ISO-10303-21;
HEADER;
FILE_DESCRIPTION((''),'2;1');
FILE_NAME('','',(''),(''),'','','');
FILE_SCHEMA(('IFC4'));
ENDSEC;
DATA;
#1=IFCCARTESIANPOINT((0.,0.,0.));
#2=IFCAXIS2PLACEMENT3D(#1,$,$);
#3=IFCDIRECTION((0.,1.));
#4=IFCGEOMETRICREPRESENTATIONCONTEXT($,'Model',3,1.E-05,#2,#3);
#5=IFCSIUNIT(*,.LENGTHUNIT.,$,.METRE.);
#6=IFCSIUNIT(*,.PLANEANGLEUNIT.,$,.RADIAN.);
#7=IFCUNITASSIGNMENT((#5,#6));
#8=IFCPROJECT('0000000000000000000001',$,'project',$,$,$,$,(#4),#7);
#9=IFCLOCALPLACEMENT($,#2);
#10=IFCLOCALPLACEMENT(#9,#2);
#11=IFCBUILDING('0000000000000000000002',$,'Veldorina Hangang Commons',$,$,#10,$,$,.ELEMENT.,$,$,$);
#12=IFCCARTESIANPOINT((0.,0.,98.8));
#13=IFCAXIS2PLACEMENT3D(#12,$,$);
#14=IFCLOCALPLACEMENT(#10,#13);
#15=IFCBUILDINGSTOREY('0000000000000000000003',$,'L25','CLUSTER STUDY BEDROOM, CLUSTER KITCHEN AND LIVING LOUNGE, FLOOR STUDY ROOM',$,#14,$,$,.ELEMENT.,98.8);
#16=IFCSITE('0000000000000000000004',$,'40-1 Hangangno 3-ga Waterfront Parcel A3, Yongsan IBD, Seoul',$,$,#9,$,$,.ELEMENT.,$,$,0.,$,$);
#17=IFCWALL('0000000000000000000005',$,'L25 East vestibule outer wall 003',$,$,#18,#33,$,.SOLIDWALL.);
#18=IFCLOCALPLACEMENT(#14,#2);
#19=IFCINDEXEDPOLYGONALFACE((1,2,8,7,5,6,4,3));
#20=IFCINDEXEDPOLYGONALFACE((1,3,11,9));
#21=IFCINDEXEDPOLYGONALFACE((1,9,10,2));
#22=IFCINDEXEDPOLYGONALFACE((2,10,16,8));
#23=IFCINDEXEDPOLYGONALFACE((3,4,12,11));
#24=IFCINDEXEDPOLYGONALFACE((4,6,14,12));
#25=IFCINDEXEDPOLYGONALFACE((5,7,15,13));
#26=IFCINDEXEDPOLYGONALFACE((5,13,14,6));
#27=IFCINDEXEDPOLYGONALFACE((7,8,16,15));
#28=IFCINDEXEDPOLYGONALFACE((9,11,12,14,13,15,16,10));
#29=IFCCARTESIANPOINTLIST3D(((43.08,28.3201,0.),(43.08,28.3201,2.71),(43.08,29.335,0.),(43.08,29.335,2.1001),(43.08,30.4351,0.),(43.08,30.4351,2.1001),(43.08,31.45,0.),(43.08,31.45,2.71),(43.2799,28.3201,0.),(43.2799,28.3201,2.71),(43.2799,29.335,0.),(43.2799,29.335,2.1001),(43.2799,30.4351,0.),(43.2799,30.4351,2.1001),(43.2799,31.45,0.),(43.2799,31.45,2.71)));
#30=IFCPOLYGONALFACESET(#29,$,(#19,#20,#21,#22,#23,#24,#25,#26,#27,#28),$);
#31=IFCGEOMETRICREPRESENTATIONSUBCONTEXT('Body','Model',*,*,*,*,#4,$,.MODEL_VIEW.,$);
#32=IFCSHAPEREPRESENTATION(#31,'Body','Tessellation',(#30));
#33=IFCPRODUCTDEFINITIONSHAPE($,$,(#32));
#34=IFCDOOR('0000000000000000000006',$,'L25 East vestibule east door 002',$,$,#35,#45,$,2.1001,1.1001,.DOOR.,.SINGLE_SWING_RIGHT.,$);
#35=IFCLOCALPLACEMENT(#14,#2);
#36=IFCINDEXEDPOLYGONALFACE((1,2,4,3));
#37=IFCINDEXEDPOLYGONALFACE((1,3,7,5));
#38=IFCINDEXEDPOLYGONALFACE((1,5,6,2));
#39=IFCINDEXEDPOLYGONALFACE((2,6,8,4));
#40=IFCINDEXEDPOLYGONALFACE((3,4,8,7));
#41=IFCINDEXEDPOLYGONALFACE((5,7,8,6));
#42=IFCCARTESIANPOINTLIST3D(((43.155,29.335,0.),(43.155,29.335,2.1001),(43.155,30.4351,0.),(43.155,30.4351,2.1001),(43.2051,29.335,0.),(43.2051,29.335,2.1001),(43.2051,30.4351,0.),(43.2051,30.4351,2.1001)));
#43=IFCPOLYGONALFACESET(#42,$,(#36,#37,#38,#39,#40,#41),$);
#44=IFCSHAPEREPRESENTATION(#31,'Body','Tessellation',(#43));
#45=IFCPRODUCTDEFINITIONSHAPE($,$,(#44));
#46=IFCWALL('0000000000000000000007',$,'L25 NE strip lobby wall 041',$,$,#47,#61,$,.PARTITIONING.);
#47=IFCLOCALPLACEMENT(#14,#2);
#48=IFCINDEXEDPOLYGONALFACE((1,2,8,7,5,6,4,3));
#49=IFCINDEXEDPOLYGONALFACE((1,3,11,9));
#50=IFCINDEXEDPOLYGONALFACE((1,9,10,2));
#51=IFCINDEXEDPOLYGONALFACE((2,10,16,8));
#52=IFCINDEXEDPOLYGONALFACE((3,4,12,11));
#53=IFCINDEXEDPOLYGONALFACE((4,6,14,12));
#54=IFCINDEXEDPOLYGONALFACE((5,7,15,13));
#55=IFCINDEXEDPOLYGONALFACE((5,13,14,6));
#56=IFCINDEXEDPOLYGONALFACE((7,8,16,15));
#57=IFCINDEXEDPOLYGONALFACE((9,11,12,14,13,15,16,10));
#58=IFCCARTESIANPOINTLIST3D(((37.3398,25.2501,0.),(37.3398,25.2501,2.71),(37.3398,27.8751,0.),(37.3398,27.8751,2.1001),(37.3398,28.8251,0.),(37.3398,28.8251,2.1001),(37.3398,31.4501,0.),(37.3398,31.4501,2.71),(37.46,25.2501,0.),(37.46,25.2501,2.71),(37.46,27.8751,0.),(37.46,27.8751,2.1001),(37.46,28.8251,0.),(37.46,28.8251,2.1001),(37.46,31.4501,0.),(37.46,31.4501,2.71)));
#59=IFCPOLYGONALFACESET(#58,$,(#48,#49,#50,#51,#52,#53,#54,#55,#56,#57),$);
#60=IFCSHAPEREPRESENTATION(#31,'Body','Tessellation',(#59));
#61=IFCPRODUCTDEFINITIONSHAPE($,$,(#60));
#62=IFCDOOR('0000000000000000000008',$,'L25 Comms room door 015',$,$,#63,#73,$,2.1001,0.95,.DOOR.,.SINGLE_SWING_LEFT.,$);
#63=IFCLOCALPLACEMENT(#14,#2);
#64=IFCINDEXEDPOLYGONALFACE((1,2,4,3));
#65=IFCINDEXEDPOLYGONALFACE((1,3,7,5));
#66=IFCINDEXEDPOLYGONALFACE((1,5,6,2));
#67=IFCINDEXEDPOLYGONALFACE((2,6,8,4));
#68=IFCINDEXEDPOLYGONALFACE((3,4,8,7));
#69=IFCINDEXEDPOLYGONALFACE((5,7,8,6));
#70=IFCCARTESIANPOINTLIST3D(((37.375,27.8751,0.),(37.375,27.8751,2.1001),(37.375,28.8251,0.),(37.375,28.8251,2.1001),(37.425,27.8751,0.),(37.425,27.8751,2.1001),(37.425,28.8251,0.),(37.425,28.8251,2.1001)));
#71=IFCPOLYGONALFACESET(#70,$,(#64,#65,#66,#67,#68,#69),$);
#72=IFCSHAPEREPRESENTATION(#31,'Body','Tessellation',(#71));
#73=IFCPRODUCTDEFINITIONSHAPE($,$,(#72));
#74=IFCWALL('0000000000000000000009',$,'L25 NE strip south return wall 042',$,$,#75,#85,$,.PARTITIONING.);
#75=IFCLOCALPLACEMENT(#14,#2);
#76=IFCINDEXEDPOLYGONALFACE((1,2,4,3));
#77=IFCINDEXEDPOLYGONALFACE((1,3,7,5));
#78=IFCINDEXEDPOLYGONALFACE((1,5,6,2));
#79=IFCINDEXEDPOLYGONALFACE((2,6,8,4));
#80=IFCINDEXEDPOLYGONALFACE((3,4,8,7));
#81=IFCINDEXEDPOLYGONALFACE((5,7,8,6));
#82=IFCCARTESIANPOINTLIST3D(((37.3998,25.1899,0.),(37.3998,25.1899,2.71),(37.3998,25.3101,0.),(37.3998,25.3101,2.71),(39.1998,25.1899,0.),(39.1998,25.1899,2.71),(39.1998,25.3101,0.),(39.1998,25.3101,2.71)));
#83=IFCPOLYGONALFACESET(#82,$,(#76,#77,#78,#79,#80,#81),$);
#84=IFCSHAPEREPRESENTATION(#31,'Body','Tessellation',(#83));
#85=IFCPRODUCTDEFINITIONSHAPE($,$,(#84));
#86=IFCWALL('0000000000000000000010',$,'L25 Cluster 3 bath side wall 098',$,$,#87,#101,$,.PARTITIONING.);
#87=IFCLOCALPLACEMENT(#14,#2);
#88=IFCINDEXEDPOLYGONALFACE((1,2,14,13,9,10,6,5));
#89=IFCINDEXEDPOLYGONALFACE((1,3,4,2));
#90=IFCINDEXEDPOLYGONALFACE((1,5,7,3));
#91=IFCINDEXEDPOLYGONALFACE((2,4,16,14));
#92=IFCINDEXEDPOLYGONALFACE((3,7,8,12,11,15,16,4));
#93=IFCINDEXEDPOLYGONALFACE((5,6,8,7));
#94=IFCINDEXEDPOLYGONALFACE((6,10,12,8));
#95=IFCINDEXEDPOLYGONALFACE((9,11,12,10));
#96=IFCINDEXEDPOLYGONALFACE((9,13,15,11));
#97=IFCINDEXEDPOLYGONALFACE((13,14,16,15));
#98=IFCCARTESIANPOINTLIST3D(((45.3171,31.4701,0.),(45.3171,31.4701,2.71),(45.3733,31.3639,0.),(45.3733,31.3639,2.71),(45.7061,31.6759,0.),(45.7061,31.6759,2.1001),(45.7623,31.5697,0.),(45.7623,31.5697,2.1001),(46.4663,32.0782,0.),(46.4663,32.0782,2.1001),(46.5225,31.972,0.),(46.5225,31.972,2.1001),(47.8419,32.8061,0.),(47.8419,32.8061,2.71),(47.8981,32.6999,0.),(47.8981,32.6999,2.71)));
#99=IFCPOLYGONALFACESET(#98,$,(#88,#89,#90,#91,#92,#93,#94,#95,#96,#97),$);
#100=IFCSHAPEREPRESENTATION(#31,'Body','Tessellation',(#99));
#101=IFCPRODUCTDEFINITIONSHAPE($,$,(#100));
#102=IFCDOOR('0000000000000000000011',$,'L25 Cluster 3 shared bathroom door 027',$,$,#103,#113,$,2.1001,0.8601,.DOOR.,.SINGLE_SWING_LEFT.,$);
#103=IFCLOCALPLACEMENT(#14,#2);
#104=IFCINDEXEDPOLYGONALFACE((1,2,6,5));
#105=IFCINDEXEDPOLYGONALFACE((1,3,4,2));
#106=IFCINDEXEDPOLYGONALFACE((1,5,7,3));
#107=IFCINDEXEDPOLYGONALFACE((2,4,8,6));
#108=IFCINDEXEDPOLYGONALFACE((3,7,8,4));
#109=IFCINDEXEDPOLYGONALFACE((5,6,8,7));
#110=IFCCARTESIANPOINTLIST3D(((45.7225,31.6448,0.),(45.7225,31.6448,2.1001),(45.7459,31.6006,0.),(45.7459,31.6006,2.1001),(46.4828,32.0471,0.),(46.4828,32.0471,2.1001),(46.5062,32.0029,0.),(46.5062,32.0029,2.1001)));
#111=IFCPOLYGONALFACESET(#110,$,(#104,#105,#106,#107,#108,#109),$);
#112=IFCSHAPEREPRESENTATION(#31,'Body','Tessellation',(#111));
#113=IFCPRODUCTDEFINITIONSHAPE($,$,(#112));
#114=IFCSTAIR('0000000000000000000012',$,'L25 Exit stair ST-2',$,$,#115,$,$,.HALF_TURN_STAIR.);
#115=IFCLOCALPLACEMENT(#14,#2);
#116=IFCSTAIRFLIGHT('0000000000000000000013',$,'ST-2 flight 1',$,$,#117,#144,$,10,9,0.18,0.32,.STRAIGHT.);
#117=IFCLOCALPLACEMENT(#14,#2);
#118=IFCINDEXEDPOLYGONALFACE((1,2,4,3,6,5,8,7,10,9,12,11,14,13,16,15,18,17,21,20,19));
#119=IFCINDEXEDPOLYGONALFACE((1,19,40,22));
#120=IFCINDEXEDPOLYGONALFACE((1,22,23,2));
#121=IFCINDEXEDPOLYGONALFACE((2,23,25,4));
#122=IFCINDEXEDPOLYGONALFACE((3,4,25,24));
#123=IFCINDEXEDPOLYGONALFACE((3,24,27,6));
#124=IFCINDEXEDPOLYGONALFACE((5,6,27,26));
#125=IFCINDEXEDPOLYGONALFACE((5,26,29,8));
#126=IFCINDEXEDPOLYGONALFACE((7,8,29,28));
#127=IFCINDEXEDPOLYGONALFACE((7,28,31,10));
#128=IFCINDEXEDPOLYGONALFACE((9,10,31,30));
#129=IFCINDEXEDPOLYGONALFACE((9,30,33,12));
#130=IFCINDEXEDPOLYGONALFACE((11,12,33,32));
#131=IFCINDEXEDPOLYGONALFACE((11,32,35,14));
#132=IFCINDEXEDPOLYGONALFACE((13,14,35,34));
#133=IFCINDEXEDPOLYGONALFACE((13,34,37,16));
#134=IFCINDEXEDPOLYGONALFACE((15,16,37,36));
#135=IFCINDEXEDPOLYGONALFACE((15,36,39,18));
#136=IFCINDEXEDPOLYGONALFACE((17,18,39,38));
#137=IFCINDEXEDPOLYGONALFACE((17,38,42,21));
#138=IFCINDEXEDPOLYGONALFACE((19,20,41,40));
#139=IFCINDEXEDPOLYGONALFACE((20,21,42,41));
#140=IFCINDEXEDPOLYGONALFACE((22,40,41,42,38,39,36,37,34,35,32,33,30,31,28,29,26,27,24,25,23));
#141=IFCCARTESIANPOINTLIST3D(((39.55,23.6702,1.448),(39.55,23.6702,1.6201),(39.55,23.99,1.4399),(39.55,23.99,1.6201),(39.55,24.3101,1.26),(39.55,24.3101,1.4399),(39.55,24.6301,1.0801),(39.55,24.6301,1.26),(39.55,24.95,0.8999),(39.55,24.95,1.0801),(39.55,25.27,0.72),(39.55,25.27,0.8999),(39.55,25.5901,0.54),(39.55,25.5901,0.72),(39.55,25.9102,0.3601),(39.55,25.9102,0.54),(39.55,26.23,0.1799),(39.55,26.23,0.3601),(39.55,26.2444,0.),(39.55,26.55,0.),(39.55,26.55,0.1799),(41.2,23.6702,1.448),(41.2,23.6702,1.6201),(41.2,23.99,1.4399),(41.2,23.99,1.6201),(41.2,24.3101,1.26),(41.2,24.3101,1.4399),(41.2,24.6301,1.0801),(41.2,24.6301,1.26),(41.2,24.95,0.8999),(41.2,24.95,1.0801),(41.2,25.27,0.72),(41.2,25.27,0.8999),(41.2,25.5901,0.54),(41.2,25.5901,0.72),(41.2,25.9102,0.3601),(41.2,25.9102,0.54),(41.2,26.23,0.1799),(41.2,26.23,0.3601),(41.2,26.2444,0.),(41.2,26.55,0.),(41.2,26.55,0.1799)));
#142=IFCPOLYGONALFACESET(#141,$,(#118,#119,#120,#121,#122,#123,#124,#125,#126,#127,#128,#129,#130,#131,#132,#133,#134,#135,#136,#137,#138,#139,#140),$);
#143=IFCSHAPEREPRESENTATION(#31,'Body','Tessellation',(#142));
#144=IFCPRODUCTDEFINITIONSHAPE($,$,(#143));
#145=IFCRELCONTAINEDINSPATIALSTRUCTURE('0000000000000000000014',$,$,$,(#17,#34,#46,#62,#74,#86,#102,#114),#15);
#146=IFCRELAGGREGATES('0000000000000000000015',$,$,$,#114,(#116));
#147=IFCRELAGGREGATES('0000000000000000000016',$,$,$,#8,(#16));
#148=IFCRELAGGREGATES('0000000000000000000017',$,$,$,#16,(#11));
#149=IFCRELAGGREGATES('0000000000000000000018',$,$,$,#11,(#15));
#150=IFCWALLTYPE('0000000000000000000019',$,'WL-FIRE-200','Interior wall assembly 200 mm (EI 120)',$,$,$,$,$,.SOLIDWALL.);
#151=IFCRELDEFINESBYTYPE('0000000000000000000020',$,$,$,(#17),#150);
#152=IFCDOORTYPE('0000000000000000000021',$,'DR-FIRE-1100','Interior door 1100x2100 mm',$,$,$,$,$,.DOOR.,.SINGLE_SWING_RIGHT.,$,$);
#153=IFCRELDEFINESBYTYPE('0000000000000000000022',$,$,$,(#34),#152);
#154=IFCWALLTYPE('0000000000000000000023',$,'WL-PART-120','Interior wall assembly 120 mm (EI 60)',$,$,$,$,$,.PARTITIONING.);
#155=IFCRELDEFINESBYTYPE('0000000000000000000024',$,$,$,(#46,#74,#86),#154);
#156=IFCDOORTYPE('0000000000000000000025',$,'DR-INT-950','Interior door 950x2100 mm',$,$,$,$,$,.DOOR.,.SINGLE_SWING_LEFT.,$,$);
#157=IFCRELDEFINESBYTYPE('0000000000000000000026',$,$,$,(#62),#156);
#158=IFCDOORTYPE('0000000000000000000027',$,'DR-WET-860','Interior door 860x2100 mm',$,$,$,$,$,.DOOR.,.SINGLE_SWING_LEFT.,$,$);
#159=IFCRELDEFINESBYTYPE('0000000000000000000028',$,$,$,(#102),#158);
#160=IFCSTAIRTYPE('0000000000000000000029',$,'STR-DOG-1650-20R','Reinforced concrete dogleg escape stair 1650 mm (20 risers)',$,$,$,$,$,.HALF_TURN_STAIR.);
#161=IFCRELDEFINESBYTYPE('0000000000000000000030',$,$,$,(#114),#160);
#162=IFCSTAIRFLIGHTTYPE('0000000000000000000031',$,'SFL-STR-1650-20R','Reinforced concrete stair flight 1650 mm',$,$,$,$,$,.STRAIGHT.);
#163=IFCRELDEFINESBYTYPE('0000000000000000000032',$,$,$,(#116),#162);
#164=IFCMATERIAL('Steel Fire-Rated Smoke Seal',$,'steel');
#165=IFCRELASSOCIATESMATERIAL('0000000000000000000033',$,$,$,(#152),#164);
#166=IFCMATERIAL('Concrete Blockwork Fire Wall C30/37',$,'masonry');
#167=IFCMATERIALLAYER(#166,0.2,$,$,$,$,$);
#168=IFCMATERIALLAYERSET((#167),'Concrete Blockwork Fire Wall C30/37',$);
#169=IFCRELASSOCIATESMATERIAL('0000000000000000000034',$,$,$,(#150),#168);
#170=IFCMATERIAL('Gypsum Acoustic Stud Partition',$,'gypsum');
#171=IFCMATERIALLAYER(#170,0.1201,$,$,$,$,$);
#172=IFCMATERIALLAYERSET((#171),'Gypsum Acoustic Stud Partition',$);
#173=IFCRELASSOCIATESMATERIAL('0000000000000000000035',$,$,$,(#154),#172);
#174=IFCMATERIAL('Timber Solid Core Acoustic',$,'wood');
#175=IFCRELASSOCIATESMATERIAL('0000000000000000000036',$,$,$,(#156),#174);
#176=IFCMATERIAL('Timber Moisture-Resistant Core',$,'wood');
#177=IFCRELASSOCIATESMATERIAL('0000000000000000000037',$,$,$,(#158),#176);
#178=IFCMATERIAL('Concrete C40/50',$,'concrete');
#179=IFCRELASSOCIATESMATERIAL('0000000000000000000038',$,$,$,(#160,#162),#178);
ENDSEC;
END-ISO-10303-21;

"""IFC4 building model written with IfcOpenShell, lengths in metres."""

from ifc_helpers import new_model, si_unit, direction, frame, frame_2d, origin, place, context, subcontext, project, spatial, polyline, rectangle, outline, extrude, material, layer, layer_set, type_object, element, fill, aggregate, save


model = new_model("IFC4")

# Units and contexts
model_context = context("Model", 3, precision=1e-05, world=origin(), true_north=direction((0.0, 1.0)))
body_context = subcontext(model_context, "Body", "Model", "MODEL_VIEW")
ifc_project = project(units=[si_unit("LENGTHUNIT", "METRE"), si_unit("PLANEANGLEUNIT", "RADIAN")], contexts=[model_context])

# Site, building, storey
site_placement = place(None, origin())
site = spatial("IfcSite", under=ifc_project, at=site_placement, Name="40-1 Hangangno 3-ga Waterfront Parcel A3, Yongsan IBD, Seoul", CompositionType="ELEMENT", RefElevation=0.0)
building_placement = place(site_placement, origin())
building = spatial("IfcBuilding", under=site, at=building_placement, Name="Veldorina Hangang Commons", CompositionType="ELEMENT")
storey_placement = place(building_placement, frame((0.0, 0.0, 98.8)))
storey = spatial("IfcBuildingStorey", under=building, at=storey_placement, Name="L25", Description="CLUSTER STUDY BEDROOM, CLUSTER KITCHEN AND LIVING LOUNGE, FLOOR STUDY ROOM", CompositionType="ELEMENT", Elevation=98.8)

# Shared definitions
ifc_material_1 = material(Name="Steel Fire-Rated Smoke Seal", Category="steel")
door_type_1 = type_object("IfcDoorType", Name="DR-FIRE-1100", Description="Interior door 1100x2100 mm", OperationType="SINGLE_SWING_RIGHT", PredefinedType="DOOR", material=ifc_material_1)

# Walls, openings, doors
ifc_material_2 = material(Name="Concrete Blockwork Fire Wall C30/37", Category="masonry")
ifc_layer_1 = layer(ifc_material_2, 0.2)
ifc_layer_set_1 = layer_set([ifc_layer_1], Name="Concrete Blockwork Fire Wall C30/37")
wall_type_1 = type_object("IfcWallType", Name="WL-FIRE-200", Description="Interior wall assembly 200 mm (EI 120)", PredefinedType="SOLIDWALL", material=ifc_layer_set_1)
wall_1_placement = place(storey_placement, frame((43.1799, 28.3201, 0.0), z_axis=(0.0, 0.0, 1.0), x_axis=(0.0, 1.0, 0.0)))
wall_1 = element("IfcWall", 1, at=wall_1_placement, inside=storey, type_object=wall_type_1, Name="L25 East vestibule outer wall 003", PredefinedType="SOLIDWALL", context=body_context, shape_type="SweptSolid", body=[
    extrude(rectangle(XDim=3.1299, YDim=0.2, at=frame_2d((1.5649, 0.0))), origin(), (0.0, 0.0, 1.0), 2.71),
])
opening_1_placement = place(wall_1_placement, frame((1.0149, 0.0, 0.0)))
opening_1 = element("IfcOpeningElement", 2, at=opening_1_placement, cuts=wall_1, PredefinedType="OPENING", context=body_context, shape_type="SweptSolid", body=[
    extrude(rectangle(XDim=1.1001, YDim=2.1001, at=frame_2d((0.55, 1.05))), frame((0.0, 0.1099, 0.0), z_axis=(0.0, -1.0, 0.0), x_axis=(1.0, 0.0, 0.0)), (0.0, 0.0, 1.0), 0.22),
])
door_1_placement = place(opening_1_placement, origin())
door_1 = element("IfcDoor", 3, at=door_1_placement, inside=storey, type_object=door_type_1, Name="L25 East vestibule east door 002", OperationType="SINGLE_SWING_RIGHT", OverallHeight=2.1001, OverallWidth=1.1001, PredefinedType="DOOR", context=body_context, shape_type="SweptSolid", body=[
    extrude(rectangle(XDim=1.1001, YDim=2.1001, at=frame_2d((0.55, 1.05))), frame((0.0, 0.0249, 0.0), z_axis=(0.0, -1.0, 0.0), x_axis=(1.0, 0.0, 0.0)), (0.0, 0.0, 1.0), 0.05),
])
fill(opening_1, door_1)
ifc_material_3 = material(Name="Gypsum Acoustic Stud Partition", Category="gypsum")
ifc_layer_2 = layer(ifc_material_3, 0.1201)
ifc_layer_set_2 = layer_set([ifc_layer_2], Name="Gypsum Acoustic Stud Partition")
wall_type_2 = type_object("IfcWallType", Name="WL-PART-120", Description="Interior wall assembly 120 mm (EI 60)", PredefinedType="PARTITIONING", material=ifc_layer_set_2)
wall_2_placement = place(storey_placement, frame((37.3999, 25.25, 0.0), z_axis=(0.0, 0.0, 1.0), x_axis=(0.0, 1.0, 0.0)))
wall_2 = element("IfcWall", 4, at=wall_2_placement, inside=storey, type_object=wall_type_2, Name="L25 NE strip lobby wall 041", PredefinedType="PARTITIONING", context=body_context, shape_type="SweptSolid", body=[
    extrude(rectangle(XDim=6.2, YDim=0.1201, at=frame_2d((3.1001, 0.0))), origin(), (0.0, 0.0, 1.0), 2.71),
])
opening_2_placement = place(wall_2_placement, frame((2.625, 0.0, 0.0)))
opening_2 = element("IfcOpeningElement", 5, at=opening_2_placement, cuts=wall_2, PredefinedType="OPENING", context=body_context, shape_type="SweptSolid", body=[
    extrude(rectangle(XDim=0.95, YDim=2.1001, at=frame_2d((0.4751, 1.05))), frame((0.0, 0.0701, 0.0), z_axis=(0.0, -1.0, 0.0), x_axis=(1.0, 0.0, 0.0)), (0.0, 0.0, 1.0), 0.1401),
])
ifc_material_4 = material(Name="Timber Solid Core Acoustic", Category="wood")
door_type_2 = type_object("IfcDoorType", Name="DR-INT-950", Description="Interior door 950x2100 mm", OperationType="SINGLE_SWING_LEFT", PredefinedType="DOOR", material=ifc_material_4)
door_2_placement = place(opening_2_placement, origin())
door_2 = element("IfcDoor", 6, at=door_2_placement, inside=storey, type_object=door_type_2, Name="L25 Comms room door 015", OperationType="SINGLE_SWING_LEFT", OverallHeight=2.1001, OverallWidth=0.95, PredefinedType="DOOR", context=body_context, shape_type="SweptSolid", body=[
    extrude(rectangle(XDim=0.95, YDim=2.1001, at=frame_2d((0.4751, 1.05))), frame((0.0, 0.0249, 0.0), z_axis=(0.0, -1.0, 0.0), x_axis=(1.0, 0.0, 0.0)), (0.0, 0.0, 1.0), 0.05),
])
fill(opening_2, door_2)

# Wall
wall_3_placement = place(storey_placement, frame((37.3999, 25.25, 0.0), z_axis=(0.0, 0.0, 1.0), x_axis=(1.0, 0.0, 0.0)))
element("IfcWall", 7, at=wall_3_placement, inside=storey, type_object=wall_type_2, Name="L25 NE strip south return wall 042", PredefinedType="PARTITIONING", context=body_context, shape_type="SweptSolid", body=[
    extrude(rectangle(XDim=1.8, YDim=0.1201, at=frame_2d((0.8999, 0.0))), origin(), (0.0, 0.0, 1.0), 2.71),
])

# Wall, opening, door
wall_4_placement = place(storey_placement, frame((45.3452, 31.417, 0.0), z_axis=(0.0, 0.0, 1.0), x_axis=(0.883881, 0.467711, 0.0)))
wall_4 = element("IfcWall", 8, at=wall_4_placement, inside=storey, type_object=wall_type_2, Name="L25 Cluster 3 bath side wall 098", PredefinedType="PARTITIONING", context=body_context, shape_type="SweptSolid", body=[
    extrude(rectangle(XDim=2.8564, YDim=0.1201, at=frame_2d((1.4282, 0.0))), origin(), (0.0, 0.0, 1.0), 2.71),
])
opening_3_placement = place(wall_4_placement, frame((0.4399, 0.0, 0.0)))
opening_3 = element("IfcOpeningElement", 9, at=opening_3_placement, cuts=wall_4, PredefinedType="OPENING", context=body_context, shape_type="SweptSolid", body=[
    extrude(rectangle(XDim=0.8601, YDim=2.1001, at=frame_2d((0.4302, 1.05))), frame((0.0, 0.0701, 0.0), z_axis=(0.0, -1.0, 0.0), x_axis=(1.0, 0.0, 0.0)), (0.0, 0.0, 1.0), 0.1401),
])
ifc_material_5 = material(Name="Timber Moisture-Resistant Core", Category="wood")
door_type_3 = type_object("IfcDoorType", Name="DR-WET-860", Description="Interior door 860x2100 mm", OperationType="SINGLE_SWING_LEFT", PredefinedType="DOOR", material=ifc_material_5)
door_3_placement = place(opening_3_placement, origin())
door_3 = element("IfcDoor", 10, at=door_3_placement, inside=storey, type_object=door_type_3, Name="L25 Cluster 3 shared bathroom door 027", OperationType="SINGLE_SWING_LEFT", OverallHeight=2.1001, OverallWidth=0.8601, PredefinedType="DOOR", context=body_context, shape_type="SweptSolid", body=[
    extrude(rectangle(XDim=0.8601, YDim=2.1001, at=frame_2d((0.4302, 1.05))), frame((0.0, 0.0249, 0.0), z_axis=(0.0, -1.0, 0.0), x_axis=(1.0, 0.0, 0.0)), (0.0, 0.0, 1.0), 0.05),
])
fill(opening_3, door_3)

# Stair, stair flight
ifc_material_6 = material(Name="Concrete C40/50", Category="concrete")
stair_type = type_object("IfcStairType", Name="STR-DOG-1650-20R", Description="Reinforced concrete dogleg escape stair 1650 mm (20 risers)", PredefinedType="HALF_TURN_STAIR", material=ifc_material_6)
stair_placement = place(storey_placement, origin())
stair = element("IfcStair", 11, at=stair_placement, inside=storey, type_object=stair_type, Name="L25 Exit stair ST-2", PredefinedType="HALF_TURN_STAIR")
stair_flight_type = type_object("IfcStairFlightType", Name="SFL-STR-1650-20R", Description="Reinforced concrete stair flight 1650 mm", PredefinedType="STRAIGHT", material=ifc_material_6)
stair_flight_1_placement = place(storey_placement, frame((40.375, 26.55, 0.0), z_axis=(0.0, 0.0, 1.0), x_axis=(0.0, -1.0, 0.0)))
stair_flight_1 = element("IfcStairFlight", 12, at=stair_flight_1_placement, type_object=stair_flight_type, Name="ST-2 flight 1", NumberOfRisers=10, NumberOfTreads=9, PredefinedType="STRAIGHT", RiserHeight=0.18, TreadLength=0.32, context=body_context, shape_type="SweptSolid", body=[
    extrude(outline(polyline([(0.0, 0.0), (0.0, 0.1799), (0.3201, 0.1799), (0.3201, 0.3601), (0.6399, 0.3601), (0.6399, 0.54), (0.96, 0.54), (0.96, 0.72), (1.28, 0.72), (1.28, 0.8999), (1.6001, 0.8999), (1.6001, 1.0801), (1.9199, 1.0801), (1.9199, 1.26), (2.24, 1.26), (2.24, 1.4399), (2.5601, 1.4399), (2.5601, 1.6201), (2.8799, 1.6201), (2.8799, 1.8), (2.8799, 1.448), (0.3057, 0.0), (0.0, 0.0)])), frame((0.0, 0.825, 0.0), z_axis=(0.0, -1.0, 0.0), x_axis=(1.0, 0.0, 0.0)), (0.0, 0.0, 1.0), 1.6499),
])
aggregate(stair, [stair_flight_1])

save(model, "model.ifc")
